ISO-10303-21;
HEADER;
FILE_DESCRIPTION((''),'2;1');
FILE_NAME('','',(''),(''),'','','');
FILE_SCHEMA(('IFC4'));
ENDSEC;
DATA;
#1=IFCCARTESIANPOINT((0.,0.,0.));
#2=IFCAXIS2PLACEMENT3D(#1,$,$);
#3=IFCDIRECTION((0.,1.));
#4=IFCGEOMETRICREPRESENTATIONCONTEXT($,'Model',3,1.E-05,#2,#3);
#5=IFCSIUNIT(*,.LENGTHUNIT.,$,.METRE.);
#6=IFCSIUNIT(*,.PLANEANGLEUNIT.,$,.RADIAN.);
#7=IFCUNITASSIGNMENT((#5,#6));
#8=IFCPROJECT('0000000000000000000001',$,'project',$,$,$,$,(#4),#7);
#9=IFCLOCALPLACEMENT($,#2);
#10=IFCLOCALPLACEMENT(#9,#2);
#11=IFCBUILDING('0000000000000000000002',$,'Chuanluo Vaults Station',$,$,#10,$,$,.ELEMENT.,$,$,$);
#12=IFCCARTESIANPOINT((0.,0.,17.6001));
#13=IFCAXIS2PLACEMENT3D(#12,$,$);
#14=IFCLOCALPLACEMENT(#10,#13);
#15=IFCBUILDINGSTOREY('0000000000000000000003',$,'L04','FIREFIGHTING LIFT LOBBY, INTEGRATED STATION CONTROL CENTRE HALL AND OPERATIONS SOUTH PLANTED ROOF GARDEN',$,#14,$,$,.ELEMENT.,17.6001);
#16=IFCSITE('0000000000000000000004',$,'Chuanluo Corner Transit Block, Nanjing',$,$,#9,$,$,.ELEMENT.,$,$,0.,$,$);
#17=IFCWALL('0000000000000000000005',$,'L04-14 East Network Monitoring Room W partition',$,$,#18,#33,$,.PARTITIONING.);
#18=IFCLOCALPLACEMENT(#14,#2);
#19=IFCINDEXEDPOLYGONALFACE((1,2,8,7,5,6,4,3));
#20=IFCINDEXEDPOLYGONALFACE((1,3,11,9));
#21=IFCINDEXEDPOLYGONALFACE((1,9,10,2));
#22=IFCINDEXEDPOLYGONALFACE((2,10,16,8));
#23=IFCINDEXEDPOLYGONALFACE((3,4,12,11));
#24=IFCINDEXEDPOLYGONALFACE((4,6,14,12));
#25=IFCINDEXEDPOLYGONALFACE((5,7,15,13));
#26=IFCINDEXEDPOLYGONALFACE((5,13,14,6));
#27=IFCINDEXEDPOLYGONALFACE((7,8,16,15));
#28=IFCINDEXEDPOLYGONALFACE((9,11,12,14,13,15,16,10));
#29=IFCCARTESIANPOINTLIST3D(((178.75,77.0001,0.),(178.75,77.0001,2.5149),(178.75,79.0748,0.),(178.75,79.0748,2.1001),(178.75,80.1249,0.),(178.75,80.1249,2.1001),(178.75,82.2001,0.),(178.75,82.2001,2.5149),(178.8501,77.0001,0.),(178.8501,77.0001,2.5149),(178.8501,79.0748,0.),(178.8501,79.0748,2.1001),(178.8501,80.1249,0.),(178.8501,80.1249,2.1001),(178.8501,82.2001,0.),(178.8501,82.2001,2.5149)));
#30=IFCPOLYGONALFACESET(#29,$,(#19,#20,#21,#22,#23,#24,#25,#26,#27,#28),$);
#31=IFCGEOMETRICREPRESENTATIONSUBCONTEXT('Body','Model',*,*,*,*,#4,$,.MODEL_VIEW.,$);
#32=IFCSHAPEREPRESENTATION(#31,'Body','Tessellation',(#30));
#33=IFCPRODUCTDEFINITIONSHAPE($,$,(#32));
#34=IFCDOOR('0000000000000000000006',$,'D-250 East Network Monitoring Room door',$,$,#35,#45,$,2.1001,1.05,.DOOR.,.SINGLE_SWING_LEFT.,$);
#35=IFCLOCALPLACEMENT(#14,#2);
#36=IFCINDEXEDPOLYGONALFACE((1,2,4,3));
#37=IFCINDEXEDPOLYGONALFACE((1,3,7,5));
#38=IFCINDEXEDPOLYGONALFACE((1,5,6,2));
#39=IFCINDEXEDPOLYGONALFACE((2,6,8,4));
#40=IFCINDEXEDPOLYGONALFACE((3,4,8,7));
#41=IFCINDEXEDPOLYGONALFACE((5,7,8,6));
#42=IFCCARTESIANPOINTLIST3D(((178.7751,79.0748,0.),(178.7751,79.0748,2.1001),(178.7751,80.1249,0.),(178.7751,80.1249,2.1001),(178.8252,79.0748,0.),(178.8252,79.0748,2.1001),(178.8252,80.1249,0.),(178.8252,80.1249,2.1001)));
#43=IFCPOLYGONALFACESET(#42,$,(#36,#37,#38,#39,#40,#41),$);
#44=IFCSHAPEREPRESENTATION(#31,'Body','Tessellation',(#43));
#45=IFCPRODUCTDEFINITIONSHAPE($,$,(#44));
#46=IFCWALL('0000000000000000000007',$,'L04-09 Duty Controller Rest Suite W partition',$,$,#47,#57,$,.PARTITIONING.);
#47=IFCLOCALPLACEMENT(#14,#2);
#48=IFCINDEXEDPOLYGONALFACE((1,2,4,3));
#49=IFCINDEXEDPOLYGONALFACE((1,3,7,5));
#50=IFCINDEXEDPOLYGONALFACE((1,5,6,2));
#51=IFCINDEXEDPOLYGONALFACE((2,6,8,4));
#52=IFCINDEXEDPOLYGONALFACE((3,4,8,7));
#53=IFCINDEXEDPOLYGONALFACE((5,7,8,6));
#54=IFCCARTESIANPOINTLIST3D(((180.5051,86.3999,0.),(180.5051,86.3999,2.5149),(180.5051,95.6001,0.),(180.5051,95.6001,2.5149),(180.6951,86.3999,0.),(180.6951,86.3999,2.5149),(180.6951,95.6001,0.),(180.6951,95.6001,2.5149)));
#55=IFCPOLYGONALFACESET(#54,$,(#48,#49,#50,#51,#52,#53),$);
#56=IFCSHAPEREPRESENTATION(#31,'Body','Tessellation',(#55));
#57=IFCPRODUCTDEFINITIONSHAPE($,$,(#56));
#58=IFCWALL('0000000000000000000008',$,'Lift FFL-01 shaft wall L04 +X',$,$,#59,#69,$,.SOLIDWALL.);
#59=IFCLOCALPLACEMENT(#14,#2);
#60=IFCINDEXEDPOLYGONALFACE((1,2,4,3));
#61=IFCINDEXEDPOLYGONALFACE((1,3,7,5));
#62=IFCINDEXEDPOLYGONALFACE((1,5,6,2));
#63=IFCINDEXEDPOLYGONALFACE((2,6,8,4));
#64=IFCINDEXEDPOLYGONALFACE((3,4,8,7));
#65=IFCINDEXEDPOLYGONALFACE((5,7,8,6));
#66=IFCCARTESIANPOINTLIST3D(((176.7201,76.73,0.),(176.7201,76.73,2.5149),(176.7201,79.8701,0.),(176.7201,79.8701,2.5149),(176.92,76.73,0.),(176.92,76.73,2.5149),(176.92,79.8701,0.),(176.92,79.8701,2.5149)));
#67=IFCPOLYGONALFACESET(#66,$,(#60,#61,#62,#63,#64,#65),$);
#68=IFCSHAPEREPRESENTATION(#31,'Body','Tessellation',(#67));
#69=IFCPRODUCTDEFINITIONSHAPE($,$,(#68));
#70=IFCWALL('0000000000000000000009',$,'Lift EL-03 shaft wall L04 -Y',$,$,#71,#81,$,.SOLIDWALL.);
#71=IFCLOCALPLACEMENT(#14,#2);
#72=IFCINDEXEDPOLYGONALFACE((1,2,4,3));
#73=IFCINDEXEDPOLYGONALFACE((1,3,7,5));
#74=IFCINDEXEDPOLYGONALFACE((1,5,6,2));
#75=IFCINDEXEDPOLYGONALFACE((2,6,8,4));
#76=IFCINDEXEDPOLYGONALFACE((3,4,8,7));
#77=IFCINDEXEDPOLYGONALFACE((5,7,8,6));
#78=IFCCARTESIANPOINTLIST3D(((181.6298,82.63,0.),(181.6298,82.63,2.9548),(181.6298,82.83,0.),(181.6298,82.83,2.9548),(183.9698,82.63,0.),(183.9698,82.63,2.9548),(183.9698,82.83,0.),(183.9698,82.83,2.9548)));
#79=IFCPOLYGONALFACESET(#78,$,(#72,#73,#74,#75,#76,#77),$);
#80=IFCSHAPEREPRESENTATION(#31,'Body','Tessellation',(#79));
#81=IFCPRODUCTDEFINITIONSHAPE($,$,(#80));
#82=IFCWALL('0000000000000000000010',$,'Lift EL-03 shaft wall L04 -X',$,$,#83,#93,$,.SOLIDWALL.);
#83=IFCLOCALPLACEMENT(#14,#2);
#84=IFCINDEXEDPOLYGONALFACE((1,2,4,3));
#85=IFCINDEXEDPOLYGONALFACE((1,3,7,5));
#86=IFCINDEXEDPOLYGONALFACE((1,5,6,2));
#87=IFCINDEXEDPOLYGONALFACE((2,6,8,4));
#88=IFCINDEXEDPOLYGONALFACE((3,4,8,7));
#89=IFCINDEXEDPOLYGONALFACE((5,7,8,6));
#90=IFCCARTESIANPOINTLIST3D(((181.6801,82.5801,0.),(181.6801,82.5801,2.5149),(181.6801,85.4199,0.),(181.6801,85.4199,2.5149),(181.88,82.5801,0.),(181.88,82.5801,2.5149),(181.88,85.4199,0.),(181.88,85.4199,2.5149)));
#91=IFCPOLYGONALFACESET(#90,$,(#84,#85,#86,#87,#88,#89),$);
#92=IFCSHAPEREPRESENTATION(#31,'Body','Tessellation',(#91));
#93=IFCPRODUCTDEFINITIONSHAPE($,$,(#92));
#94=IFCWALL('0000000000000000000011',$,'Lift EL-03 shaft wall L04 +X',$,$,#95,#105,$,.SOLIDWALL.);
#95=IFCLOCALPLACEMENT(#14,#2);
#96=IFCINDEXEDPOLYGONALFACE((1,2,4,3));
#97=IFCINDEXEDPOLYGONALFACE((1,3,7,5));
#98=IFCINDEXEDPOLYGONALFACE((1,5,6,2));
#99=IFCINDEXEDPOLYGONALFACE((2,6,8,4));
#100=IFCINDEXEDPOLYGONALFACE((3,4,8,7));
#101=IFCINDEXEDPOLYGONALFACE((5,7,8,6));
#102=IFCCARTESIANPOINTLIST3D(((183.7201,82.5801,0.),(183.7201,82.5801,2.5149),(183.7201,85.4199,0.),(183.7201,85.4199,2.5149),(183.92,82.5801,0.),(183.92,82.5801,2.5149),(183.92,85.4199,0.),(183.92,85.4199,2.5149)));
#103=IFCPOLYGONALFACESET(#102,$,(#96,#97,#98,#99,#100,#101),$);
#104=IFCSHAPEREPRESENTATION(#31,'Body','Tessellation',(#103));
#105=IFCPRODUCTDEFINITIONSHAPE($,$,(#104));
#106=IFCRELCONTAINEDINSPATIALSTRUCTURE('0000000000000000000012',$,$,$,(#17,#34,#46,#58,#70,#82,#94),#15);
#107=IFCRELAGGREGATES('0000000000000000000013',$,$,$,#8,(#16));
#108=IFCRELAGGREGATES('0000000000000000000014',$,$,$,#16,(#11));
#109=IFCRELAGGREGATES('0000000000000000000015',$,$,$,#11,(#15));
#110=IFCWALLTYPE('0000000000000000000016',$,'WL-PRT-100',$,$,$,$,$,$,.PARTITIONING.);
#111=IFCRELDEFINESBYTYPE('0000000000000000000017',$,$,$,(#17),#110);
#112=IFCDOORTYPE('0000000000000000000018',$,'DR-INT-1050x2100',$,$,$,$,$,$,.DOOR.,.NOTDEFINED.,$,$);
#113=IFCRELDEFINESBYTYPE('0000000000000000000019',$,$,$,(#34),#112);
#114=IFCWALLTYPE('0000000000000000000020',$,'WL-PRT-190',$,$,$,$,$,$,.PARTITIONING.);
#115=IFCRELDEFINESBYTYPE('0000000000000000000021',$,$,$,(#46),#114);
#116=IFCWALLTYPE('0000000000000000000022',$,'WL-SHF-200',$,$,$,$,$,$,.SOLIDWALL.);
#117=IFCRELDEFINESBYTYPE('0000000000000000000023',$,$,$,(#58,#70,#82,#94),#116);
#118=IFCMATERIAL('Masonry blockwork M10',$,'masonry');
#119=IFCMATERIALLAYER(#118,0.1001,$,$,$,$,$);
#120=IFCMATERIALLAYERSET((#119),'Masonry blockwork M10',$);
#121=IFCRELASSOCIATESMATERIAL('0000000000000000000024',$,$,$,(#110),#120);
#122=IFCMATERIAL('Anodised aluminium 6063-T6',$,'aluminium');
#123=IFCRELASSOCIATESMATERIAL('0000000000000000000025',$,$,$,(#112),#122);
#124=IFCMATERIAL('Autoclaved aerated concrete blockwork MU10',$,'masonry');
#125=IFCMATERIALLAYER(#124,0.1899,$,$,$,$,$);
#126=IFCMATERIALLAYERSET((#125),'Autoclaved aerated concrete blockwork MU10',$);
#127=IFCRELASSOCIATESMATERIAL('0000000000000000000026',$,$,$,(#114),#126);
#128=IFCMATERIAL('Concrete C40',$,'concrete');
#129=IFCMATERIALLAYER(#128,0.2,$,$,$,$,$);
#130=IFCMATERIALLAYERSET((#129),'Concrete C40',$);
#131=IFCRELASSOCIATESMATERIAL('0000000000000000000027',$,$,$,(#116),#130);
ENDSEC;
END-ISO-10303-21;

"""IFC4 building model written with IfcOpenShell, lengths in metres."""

from ifc_helpers import new_model, si_unit, direction, frame, frame_2d, origin, place, context, subcontext, project, spatial, rectangle, extrude, material, layer, layer_set, type_object, element, fill, save


model = new_model("IFC4")

# Units and contexts
model_context = context("Model", 3, precision=1e-05, world=origin(), true_north=direction((0.0, 1.0)))
body_context = subcontext(model_context, "Body", "Model", "MODEL_VIEW")
ifc_project = project(units=[si_unit("LENGTHUNIT", "METRE"), si_unit("PLANEANGLEUNIT", "RADIAN")], contexts=[model_context])

# Site, building, storey
site_placement = place(None, origin())
site = spatial("IfcSite", under=ifc_project, at=site_placement, Name="Chuanluo Corner Transit Block, Nanjing", CompositionType="ELEMENT", RefElevation=0.0)
building_placement = place(site_placement, origin())
building = spatial("IfcBuilding", under=site, at=building_placement, Name="Chuanluo Vaults Station", CompositionType="ELEMENT")
storey_placement = place(building_placement, frame((0.0, 0.0, 17.6001)))
storey = spatial("IfcBuildingStorey", under=building, at=storey_placement, Name="L04", Description="FIREFIGHTING LIFT LOBBY, INTEGRATED STATION CONTROL CENTRE HALL AND OPERATIONS SOUTH PLANTED ROOF GARDEN", CompositionType="ELEMENT", Elevation=17.6001)

# Wall, opening, door
ifc_material_1 = material(Name="Masonry blockwork M10", Category="masonry")
ifc_layer_1 = layer(ifc_material_1, 0.1001)
ifc_layer_set_1 = layer_set([ifc_layer_1], Name="Masonry blockwork M10")
wall_type_1 = type_object("IfcWallType", Name="WL-PRT-100", PredefinedType="PARTITIONING", material=ifc_layer_set_1)
wall_1_placement = place(storey_placement, frame((178.8, 77.0, 0.0), z_axis=(0.0, 0.0, 1.0), x_axis=(0.0, 1.0, 0.0)))
wall_1 = element("IfcWall", 1, at=wall_1_placement, inside=storey, type_object=wall_type_1, Name="L04-14 East Network Monitoring Room W partition", PredefinedType="PARTITIONING", context=body_context, shape_type="SweptSolid", body=[
    extrude(rectangle(XDim=5.2, YDim=0.1001, at=frame_2d((2.6001, 0.0))), origin(), (0.0, 0.0, 1.0), 2.5149),
])
opening_1_placement = place(wall_1_placement, frame((2.075, 0.0, 0.0)))
opening_1 = element("IfcOpeningElement", 2, at=opening_1_placement, cuts=wall_1, PredefinedType="OPENING", context=body_context, shape_type="SweptSolid", body=[
    extrude(rectangle(XDim=1.05, YDim=2.1001, at=frame_2d((0.5249, 1.05))), frame((0.0, 0.06, 0.0), z_axis=(0.0, -1.0, 0.0), x_axis=(1.0, 0.0, 0.0)), (0.0, 0.0, 1.0), 0.1201),
])
ifc_material_2 = material(Name="Anodised aluminium 6063-T6", Category="aluminium")
door_type_1 = type_object("IfcDoorType", Name="DR-INT-1050x2100", OperationType="NOTDEFINED", PredefinedType="DOOR", material=ifc_material_2)
door_1_placement = place(opening_1_placement, origin())
door_1 = element("IfcDoor", 3, at=door_1_placement, inside=storey, type_object=door_type_1, Name="D-250 East Network Monitoring Room door", OperationType="SINGLE_SWING_LEFT", OverallHeight=2.1001, OverallWidth=1.05, PredefinedType="DOOR", context=body_context, shape_type="SweptSolid", body=[
    extrude(rectangle(XDim=1.05, YDim=2.1001, at=frame_2d((0.5249, 1.05))), frame((0.0, 0.0249, 0.0), z_axis=(0.0, -1.0, 0.0), x_axis=(1.0, 0.0, 0.0)), (0.0, 0.0, 1.0), 0.05),
])
fill(opening_1, door_1)

# Wall
ifc_material_3 = material(Name="Autoclaved aerated concrete blockwork MU10", Category="masonry")
ifc_layer_2 = layer(ifc_material_3, 0.1899)
ifc_layer_set_2 = layer_set([ifc_layer_2], Name="Autoclaved aerated concrete blockwork MU10")
wall_type_2 = type_object("IfcWallType", Name="WL-PRT-190", PredefinedType="PARTITIONING", material=ifc_layer_set_2)
wall_2_placement = place(storey_placement, frame((180.6001, 86.3999, 0.0), z_axis=(0.0, 0.0, 1.0), x_axis=(0.0, 1.0, 0.0)))
element("IfcWall", 4, at=wall_2_placement, inside=storey, type_object=wall_type_2, Name="L04-09 Duty Controller Rest Suite W partition", PredefinedType="PARTITIONING", context=body_context, shape_type="SweptSolid", body=[
    extrude(rectangle(XDim=9.2002, YDim=0.1899, at=frame_2d((4.6001, 0.0))), origin(), (0.0, 0.0, 1.0), 2.5149),
])

# Shared definitions
ifc_material_4 = material(Name="Concrete C40", Category="concrete")
ifc_layer_3 = layer(ifc_material_4, 0.2)
ifc_layer_set_3 = layer_set([ifc_layer_3], Name="Concrete C40")
wall_type_3 = type_object("IfcWallType", Name="WL-SHF-200", PredefinedType="SOLIDWALL", material=ifc_layer_set_3)

# Walls
wall_3_placement = place(storey_placement, frame((176.8201, 76.73, 0.0), z_axis=(0.0, 0.0, 1.0), x_axis=(0.0, 1.0, 0.0)))
element("IfcWall", 5, at=wall_3_placement, inside=storey, type_object=wall_type_3, Name="Lift FFL-01 shaft wall L04 +X", PredefinedType="SOLIDWALL", context=body_context, shape_type="SweptSolid", body=[
    extrude(rectangle(XDim=3.1401, YDim=0.2, at=frame_2d((1.5701, 0.0))), origin(), (0.0, 0.0, 1.0), 2.5149),
])
wall_4_placement = place(storey_placement, frame((181.6299, 82.73, 0.0), z_axis=(0.0, 0.0, 1.0), x_axis=(1.0, 0.0, 0.0)))
element("IfcWall", 6, at=wall_4_placement, inside=storey, type_object=wall_type_3, Name="Lift EL-03 shaft wall L04 -Y", PredefinedType="SOLIDWALL", context=body_context, shape_type="SweptSolid", body=[
    extrude(rectangle(XDim=2.3401, YDim=0.2, at=frame_2d((1.1699, 0.0))), origin(), (0.0, 0.0, 1.0), 2.9548),
])

# Walls
for number, where, z_axis, x_axis, name in (
    (7, (181.78, 85.4199, 0.0), (0.0, 0.0, 1.0), (0.0, -1.0, 0.0), "Lift EL-03 shaft wall L04 -X"),
    (8, (183.8201, 82.5801, 0.0), (0.0, 0.0, 1.0), (0.0, 1.0, 0.0), "Lift EL-03 shaft wall L04 +X"),
):
    element("IfcWall", number, at=place(storey_placement, frame(where, z_axis=z_axis, x_axis=x_axis)), inside=storey, type_object=wall_type_3, Name=name, PredefinedType="SOLIDWALL", context=body_context, shape_type="SweptSolid", body=[
        extrude(rectangle(XDim=2.8398, YDim=0.2, at=frame_2d((1.4199, 0.0))), origin(), (0.0, 0.0, 1.0), 2.5149),
    ])

save(model, "model.ifc")
